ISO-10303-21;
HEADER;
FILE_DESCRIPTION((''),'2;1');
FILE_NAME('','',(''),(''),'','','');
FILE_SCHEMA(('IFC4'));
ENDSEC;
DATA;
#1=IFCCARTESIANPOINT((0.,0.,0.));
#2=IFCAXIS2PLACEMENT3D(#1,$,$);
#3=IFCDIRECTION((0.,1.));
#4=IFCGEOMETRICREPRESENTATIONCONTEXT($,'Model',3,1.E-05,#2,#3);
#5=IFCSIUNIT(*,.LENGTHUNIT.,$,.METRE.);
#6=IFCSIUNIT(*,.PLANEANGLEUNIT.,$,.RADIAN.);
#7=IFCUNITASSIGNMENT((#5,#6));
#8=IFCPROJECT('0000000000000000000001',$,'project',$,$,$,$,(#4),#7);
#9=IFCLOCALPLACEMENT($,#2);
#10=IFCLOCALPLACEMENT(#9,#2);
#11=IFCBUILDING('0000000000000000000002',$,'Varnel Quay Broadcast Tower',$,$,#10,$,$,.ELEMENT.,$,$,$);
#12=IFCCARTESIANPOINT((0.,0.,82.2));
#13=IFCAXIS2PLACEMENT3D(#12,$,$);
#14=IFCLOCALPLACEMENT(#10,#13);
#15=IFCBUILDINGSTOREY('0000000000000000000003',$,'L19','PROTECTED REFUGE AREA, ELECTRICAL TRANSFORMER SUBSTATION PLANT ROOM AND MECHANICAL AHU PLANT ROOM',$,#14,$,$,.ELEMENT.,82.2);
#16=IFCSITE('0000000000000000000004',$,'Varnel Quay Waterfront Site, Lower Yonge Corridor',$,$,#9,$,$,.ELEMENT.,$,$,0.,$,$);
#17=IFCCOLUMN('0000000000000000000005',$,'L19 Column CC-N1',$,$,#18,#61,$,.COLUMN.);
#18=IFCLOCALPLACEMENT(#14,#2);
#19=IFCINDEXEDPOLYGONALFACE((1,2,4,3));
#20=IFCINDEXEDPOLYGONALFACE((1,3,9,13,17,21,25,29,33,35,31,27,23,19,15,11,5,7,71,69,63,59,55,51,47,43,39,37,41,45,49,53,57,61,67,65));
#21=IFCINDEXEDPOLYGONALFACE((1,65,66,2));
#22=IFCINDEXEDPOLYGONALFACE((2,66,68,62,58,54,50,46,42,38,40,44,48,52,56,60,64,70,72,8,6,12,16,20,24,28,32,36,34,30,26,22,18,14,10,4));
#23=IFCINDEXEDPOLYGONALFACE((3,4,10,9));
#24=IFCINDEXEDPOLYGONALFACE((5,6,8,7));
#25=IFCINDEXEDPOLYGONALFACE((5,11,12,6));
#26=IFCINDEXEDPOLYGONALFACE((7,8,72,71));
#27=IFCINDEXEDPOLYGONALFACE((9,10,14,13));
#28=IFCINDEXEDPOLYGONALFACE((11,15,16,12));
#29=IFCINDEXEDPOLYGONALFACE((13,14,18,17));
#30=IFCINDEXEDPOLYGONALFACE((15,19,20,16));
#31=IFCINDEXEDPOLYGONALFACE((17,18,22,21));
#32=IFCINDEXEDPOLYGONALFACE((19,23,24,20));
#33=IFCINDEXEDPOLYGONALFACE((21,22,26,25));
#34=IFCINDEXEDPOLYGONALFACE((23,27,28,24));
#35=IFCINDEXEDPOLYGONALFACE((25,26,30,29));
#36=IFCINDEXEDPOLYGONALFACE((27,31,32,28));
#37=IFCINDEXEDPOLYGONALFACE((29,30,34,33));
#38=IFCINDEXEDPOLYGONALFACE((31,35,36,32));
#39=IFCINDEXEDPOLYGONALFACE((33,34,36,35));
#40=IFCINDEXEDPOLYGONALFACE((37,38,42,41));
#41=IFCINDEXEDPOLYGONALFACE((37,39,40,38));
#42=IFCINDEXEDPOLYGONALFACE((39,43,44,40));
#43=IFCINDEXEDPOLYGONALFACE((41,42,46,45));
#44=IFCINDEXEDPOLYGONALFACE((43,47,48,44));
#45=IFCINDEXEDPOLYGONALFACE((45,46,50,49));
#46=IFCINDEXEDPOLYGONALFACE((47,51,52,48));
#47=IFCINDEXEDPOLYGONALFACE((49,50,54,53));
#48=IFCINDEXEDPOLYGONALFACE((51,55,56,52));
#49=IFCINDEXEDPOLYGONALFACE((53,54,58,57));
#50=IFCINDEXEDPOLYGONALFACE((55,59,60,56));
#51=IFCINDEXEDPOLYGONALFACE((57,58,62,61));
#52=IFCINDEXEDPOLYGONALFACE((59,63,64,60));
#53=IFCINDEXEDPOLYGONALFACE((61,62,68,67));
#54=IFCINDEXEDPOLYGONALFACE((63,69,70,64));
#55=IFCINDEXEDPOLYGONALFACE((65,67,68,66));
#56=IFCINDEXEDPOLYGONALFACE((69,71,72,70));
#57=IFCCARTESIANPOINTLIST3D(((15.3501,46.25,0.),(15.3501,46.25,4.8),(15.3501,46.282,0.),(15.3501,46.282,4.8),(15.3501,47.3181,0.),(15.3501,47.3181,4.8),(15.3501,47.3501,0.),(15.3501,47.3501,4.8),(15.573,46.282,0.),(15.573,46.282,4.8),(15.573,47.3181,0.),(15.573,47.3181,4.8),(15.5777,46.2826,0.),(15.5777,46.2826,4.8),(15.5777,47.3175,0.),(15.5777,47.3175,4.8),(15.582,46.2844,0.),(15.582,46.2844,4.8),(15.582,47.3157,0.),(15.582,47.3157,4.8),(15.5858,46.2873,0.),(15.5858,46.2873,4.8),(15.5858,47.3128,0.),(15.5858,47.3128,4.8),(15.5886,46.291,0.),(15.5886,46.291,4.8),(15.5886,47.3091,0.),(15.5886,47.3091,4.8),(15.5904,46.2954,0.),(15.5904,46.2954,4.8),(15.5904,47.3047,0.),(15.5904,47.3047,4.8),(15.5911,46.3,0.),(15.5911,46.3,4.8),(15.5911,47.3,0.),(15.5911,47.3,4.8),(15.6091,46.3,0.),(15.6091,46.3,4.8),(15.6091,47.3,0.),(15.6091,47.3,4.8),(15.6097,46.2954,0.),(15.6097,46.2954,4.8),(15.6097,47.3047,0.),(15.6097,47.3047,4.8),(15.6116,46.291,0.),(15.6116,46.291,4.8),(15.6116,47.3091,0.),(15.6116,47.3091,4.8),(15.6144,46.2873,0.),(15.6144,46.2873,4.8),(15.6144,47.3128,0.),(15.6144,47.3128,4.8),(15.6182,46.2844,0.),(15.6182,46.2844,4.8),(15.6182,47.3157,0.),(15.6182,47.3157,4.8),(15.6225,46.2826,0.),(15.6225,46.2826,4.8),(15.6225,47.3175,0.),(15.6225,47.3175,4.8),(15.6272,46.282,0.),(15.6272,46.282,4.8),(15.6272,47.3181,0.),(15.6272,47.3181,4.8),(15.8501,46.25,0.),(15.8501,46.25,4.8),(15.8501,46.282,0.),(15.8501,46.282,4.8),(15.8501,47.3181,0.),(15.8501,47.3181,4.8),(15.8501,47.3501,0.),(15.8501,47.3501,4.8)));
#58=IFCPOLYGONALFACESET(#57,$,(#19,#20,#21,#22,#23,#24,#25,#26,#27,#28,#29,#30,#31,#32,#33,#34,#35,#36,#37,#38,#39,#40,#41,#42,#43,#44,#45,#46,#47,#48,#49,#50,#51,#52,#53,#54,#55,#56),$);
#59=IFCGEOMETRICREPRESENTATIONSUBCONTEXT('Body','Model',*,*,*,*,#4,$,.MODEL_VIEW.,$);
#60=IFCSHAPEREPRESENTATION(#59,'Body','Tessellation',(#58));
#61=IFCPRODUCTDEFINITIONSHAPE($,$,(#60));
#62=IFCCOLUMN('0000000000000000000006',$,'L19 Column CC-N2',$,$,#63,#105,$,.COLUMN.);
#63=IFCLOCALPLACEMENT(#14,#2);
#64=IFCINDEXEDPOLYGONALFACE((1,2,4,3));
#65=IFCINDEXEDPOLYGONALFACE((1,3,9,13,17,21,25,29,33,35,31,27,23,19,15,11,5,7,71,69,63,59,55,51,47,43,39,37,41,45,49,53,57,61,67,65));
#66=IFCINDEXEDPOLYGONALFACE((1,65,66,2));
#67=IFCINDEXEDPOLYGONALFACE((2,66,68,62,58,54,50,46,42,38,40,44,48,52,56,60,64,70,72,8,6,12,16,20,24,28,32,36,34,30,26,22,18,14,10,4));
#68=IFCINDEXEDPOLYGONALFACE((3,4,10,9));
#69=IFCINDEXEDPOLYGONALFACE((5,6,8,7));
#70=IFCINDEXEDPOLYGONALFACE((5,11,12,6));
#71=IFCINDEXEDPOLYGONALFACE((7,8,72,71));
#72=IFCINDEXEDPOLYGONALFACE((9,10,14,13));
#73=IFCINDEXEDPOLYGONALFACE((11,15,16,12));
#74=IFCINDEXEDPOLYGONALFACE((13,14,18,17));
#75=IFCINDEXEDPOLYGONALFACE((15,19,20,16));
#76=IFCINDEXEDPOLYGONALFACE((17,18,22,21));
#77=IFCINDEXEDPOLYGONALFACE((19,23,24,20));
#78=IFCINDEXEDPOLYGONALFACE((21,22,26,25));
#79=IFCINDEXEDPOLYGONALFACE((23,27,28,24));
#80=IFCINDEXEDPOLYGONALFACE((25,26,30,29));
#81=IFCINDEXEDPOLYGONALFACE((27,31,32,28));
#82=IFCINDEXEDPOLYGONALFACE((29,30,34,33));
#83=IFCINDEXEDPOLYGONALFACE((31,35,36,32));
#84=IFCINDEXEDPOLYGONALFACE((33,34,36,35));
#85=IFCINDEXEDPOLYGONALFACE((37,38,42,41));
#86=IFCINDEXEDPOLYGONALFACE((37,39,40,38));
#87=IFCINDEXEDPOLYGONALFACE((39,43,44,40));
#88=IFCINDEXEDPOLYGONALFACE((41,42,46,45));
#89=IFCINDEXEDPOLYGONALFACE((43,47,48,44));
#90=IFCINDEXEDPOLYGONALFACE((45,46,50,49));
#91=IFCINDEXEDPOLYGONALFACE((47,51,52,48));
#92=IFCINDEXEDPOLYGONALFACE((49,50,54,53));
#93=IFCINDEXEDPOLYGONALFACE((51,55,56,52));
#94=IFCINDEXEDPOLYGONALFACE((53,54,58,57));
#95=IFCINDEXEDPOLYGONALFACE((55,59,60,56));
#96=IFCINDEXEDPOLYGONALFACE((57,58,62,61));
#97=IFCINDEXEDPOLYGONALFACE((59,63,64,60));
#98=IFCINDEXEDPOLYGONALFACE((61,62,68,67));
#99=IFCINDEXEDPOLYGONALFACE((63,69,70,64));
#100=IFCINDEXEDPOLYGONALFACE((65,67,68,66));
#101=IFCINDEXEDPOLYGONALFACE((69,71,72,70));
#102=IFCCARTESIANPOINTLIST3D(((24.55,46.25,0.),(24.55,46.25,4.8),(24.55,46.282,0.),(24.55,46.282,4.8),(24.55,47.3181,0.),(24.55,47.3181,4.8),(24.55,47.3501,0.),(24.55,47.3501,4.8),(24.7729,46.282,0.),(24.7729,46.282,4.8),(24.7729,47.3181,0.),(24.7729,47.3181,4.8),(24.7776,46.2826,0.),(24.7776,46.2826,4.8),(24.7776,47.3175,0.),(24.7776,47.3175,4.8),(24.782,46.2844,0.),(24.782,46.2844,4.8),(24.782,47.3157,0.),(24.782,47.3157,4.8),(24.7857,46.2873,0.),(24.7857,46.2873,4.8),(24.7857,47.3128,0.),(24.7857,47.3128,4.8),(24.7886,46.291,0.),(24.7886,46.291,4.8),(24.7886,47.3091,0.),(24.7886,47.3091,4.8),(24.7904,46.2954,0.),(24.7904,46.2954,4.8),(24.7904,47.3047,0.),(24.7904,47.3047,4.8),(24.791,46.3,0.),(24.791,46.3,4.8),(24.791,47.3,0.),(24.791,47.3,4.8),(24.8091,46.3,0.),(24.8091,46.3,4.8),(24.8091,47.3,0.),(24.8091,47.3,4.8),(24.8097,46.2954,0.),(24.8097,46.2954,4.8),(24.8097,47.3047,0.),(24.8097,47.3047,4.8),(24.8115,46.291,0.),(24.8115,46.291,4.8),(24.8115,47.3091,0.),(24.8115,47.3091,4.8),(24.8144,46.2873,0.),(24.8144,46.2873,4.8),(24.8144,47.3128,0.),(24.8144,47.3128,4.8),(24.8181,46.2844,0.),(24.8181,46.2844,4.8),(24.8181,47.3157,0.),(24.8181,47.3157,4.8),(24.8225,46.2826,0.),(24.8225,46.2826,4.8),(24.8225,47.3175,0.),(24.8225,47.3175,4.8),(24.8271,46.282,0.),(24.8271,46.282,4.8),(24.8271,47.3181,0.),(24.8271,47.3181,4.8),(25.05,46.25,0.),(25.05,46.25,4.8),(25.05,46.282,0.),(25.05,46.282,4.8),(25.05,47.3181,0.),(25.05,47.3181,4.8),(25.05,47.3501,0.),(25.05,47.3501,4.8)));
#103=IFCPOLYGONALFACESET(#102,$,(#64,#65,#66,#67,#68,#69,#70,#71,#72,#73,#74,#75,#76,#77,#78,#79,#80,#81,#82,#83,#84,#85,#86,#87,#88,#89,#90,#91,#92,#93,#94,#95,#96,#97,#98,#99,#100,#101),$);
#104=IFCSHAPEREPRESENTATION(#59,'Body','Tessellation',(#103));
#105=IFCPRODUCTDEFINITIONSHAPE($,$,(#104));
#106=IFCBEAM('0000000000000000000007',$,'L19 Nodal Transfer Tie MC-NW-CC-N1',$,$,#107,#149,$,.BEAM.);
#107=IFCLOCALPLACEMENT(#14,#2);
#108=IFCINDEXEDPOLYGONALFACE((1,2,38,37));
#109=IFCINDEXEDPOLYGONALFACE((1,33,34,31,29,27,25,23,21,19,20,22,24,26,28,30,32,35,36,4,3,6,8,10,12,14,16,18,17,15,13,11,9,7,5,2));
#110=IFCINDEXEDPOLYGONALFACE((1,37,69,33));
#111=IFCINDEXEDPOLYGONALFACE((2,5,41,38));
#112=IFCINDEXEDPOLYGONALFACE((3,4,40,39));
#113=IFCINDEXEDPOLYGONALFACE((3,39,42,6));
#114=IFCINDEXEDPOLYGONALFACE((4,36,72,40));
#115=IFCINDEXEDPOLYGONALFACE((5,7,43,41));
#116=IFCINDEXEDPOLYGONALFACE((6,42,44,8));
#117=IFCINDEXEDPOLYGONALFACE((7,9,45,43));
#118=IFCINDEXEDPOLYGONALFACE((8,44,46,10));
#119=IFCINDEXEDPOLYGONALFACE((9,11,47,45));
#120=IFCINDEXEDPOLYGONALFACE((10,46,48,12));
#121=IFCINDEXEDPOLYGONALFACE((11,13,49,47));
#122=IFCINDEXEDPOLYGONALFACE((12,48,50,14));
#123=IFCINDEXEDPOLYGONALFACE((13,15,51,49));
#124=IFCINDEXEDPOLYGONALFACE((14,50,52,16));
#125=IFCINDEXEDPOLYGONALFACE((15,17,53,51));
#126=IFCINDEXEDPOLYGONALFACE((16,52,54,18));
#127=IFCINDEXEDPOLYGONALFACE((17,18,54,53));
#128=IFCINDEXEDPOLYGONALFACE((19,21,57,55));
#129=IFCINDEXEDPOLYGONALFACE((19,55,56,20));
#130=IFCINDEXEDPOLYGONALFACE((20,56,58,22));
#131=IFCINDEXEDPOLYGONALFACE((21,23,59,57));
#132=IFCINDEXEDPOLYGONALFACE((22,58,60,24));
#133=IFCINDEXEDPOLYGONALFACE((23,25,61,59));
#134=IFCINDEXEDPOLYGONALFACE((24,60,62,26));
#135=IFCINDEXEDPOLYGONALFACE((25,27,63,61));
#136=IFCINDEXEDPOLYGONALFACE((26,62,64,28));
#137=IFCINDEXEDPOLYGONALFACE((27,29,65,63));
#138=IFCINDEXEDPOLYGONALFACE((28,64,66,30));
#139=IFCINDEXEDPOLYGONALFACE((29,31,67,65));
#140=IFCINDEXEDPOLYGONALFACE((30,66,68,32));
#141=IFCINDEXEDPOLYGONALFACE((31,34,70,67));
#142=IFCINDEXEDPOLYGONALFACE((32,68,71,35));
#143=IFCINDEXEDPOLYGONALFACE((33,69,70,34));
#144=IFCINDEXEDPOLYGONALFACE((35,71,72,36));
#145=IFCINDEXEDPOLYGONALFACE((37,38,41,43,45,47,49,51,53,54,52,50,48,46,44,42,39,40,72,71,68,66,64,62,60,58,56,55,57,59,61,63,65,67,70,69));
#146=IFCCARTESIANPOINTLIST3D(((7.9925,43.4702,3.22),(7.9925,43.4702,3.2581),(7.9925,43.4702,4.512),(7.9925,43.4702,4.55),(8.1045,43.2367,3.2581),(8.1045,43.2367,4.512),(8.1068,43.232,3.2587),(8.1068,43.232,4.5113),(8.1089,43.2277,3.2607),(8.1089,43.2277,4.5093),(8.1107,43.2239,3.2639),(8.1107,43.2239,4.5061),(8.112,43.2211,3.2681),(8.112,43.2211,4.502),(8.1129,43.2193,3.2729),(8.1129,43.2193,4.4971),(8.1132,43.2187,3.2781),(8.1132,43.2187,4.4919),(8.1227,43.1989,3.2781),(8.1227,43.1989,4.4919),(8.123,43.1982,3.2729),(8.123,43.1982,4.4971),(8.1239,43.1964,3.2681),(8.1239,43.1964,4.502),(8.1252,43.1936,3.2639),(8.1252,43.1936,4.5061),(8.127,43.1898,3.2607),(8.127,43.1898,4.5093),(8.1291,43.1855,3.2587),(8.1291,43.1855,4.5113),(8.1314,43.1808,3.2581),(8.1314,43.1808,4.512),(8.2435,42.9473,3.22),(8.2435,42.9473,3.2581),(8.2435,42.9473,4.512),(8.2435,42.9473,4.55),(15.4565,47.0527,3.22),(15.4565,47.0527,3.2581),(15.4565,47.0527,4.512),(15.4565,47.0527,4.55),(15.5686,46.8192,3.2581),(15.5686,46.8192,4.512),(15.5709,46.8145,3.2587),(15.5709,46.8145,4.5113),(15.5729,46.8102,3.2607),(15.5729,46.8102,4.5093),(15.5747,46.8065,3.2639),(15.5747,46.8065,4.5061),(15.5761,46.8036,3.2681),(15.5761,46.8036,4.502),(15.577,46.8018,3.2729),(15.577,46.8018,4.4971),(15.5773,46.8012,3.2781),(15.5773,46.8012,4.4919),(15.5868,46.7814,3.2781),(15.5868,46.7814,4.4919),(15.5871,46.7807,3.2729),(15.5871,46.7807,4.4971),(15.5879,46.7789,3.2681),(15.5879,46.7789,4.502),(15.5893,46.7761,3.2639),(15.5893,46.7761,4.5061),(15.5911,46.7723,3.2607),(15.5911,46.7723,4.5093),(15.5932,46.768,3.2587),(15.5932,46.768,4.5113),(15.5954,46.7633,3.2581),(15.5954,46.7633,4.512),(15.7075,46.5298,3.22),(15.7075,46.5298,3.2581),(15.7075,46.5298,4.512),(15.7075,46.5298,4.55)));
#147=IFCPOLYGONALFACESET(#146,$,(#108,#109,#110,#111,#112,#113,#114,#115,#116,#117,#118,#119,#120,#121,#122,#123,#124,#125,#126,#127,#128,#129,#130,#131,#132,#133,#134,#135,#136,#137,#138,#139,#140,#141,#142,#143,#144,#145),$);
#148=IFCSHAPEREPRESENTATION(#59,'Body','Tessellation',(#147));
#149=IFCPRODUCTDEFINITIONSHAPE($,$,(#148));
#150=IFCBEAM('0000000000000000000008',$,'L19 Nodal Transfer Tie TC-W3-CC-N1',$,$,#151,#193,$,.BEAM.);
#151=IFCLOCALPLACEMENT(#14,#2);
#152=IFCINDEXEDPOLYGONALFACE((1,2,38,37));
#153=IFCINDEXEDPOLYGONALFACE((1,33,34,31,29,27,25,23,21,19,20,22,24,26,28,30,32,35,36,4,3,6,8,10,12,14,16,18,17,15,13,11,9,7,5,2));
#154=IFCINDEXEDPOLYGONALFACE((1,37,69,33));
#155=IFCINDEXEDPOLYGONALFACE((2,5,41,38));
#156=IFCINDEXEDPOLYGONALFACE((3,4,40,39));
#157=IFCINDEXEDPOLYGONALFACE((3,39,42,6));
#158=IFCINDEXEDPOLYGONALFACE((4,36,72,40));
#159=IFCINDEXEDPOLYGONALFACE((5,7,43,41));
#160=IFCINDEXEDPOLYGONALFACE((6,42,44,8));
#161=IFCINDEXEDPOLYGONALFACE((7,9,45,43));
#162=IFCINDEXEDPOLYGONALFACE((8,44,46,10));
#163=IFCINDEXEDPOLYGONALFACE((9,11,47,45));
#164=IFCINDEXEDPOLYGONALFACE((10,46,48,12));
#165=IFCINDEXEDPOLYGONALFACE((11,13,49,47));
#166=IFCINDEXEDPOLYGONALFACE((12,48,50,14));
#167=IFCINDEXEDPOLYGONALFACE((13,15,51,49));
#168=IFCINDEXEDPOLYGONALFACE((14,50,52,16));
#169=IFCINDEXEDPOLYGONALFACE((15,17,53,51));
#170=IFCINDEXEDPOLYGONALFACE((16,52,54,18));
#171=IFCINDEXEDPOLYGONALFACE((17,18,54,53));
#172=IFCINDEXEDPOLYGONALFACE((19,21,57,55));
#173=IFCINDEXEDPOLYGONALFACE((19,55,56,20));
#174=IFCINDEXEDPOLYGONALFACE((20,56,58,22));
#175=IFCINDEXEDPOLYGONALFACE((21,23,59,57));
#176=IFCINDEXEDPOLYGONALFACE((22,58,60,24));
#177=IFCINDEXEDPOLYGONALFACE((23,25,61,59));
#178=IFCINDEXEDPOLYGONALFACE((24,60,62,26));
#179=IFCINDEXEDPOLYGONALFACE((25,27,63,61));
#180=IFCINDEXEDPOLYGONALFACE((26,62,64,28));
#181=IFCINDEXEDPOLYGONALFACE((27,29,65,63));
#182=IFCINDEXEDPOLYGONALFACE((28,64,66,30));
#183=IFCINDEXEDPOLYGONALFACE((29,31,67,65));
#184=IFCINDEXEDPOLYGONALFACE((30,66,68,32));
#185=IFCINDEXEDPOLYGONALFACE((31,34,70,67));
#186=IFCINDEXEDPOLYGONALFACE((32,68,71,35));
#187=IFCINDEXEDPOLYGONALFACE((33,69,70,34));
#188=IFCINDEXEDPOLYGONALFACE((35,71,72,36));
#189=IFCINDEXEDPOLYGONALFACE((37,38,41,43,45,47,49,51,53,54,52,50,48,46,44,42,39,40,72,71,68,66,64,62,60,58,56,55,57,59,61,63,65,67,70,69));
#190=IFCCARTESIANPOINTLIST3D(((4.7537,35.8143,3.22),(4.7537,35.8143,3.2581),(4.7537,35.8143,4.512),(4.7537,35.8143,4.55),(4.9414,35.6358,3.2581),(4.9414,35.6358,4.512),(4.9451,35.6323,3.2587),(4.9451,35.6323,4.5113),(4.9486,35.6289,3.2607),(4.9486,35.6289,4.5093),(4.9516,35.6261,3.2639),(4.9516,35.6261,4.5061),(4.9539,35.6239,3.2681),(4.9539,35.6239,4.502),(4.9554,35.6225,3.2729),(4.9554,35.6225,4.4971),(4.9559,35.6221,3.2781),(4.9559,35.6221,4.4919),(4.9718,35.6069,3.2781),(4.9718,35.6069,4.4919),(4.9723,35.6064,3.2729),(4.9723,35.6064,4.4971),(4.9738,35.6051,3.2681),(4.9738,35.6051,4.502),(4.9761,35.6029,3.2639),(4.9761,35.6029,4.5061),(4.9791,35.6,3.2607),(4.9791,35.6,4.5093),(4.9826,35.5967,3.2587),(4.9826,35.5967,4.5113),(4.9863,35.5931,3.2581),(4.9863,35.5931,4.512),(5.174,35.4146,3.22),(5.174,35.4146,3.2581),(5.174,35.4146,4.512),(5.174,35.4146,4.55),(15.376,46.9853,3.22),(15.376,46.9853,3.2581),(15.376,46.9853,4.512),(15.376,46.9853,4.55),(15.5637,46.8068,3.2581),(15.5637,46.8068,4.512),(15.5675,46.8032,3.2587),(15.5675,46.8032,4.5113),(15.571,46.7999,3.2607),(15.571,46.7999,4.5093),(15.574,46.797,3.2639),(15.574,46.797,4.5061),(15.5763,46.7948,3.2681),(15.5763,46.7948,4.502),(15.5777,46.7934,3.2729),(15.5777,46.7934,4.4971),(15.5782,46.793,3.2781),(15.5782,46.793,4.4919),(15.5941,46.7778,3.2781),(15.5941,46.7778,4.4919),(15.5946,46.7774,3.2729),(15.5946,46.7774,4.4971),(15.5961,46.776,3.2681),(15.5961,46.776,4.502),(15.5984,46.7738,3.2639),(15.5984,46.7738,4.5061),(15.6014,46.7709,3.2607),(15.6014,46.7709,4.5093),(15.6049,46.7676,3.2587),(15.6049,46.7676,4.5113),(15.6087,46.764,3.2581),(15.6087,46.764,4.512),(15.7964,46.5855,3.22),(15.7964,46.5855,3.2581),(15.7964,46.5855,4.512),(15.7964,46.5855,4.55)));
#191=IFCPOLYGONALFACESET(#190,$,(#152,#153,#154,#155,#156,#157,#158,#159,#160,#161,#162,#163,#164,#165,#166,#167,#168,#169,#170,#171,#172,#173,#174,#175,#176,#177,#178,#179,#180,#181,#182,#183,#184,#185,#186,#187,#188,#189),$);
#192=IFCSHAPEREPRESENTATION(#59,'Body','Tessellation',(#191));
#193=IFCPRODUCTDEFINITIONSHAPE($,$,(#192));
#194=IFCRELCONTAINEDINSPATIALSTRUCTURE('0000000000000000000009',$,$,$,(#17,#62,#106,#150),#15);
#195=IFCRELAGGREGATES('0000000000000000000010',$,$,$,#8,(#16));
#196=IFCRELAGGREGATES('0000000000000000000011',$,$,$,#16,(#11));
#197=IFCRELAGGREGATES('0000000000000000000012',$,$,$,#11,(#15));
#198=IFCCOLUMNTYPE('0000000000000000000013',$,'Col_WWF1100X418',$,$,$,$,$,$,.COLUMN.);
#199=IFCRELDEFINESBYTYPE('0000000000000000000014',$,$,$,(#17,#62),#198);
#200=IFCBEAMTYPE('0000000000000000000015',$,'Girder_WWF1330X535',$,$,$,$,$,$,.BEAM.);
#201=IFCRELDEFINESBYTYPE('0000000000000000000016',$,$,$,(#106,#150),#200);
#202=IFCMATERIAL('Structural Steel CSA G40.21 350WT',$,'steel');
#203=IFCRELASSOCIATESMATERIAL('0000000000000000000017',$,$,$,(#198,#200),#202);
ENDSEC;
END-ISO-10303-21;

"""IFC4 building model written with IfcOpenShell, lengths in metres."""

from ifc_helpers import new_model, si_unit, direction, frame, origin, origin_2d, place, context, subcontext, project, spatial, i_section, extrude, source, transform, mapped, material, material_profile, profile_set, type_object, type_shapes, element, save


model = new_model("IFC4")

# Units and contexts
model_context = context("Model", 3, precision=1e-05, world=origin(), true_north=direction((0.0, 1.0)))
body_context = subcontext(model_context, "Body", "Model", "MODEL_VIEW")
ifc_project = project(units=[si_unit("LENGTHUNIT", "METRE"), si_unit("PLANEANGLEUNIT", "RADIAN")], contexts=[model_context])

# Site, building, storey
site_placement = place(None, origin())
site = spatial("IfcSite", under=ifc_project, at=site_placement, Name="Varnel Quay Waterfront Site, Lower Yonge Corridor", CompositionType="ELEMENT", RefElevation=0.0)
building_placement = place(site_placement, origin())
building = spatial("IfcBuilding", under=site, at=building_placement, Name="Varnel Quay Broadcast Tower", CompositionType="ELEMENT")
storey_placement = place(building_placement, frame((0.0, 0.0, 82.2)))
storey = spatial("IfcBuildingStorey", under=building, at=storey_placement, Name="L19", Description="PROTECTED REFUGE AREA, ELECTRICAL TRANSFORMER SUBSTATION PLANT ROOM AND MECHANICAL AHU PLANT ROOM", CompositionType="ELEMENT", Elevation=82.2)

# Columns
ifc_material_1 = material(Name="Structural Steel CSA G40.21 350WT", Category="steel")
ifc_material_profile_1 = material_profile(ifc_material_1, i_section(OverallWidth=0.5, OverallDepth=1.1001, WebThickness=0.0181, FlangeThickness=0.032, FilletRadius=0.0181, at=origin_2d()), Name="WWF1100X418")
ifc_profile_set_1 = profile_set([ifc_material_profile_1], Name="Structural Steel CSA G40.21 350WT")
column_type = type_object("IfcColumnType", Name="Col_WWF1100X418", PredefinedType="COLUMN", material=ifc_profile_set_1)
shared_shape_1 = source(origin(), body_context, "Body", "SweptSolid", [
    extrude(i_section(OverallWidth=0.5, OverallDepth=1.1001, WebThickness=0.0181, FlangeThickness=0.032, FilletRadius=0.0181, at=origin_2d()), origin(), (0.0, 0.0, 1.0), 4.8),
])
type_shapes(column_type, [shared_shape_1])
for number, where, z_axis, x_axis, name in (
    (1, (15.6001, 46.8, 0.0), (0.0, 0.0, 1.0), (1.0, 0.0, 0.0), "L19 Column CC-N1"),
    (2, (24.8, 46.8, 0.0), (0.0, 0.0, 1.0), (1.0, 0.0, 0.0), "L19 Column CC-N2"),
):
    element("IfcColumn", number, at=place(storey_placement, frame(where, z_axis=z_axis, x_axis=x_axis)), inside=storey, type_object=column_type, Name=name, PredefinedType="COLUMN", context=body_context, shape_type="MappedRepresentation", body=[
        mapped(shared_shape_1, transform((0.0, 0.0, 0.0), x_axis=(1.0, 0.0, 0.0), y_axis=(0.0, 1.0, 0.0), z_axis=(0.0, 0.0, 1.0), scale=1.0)),
    ])

# Beams
ifc_material_profile_2 = material_profile(ifc_material_1, i_section(OverallWidth=0.5801, OverallDepth=1.3301, WebThickness=0.022, FlangeThickness=0.0381, FilletRadius=0.02, at=origin_2d()), Name="WWF1330X535")
ifc_profile_set_2 = profile_set([ifc_material_profile_2], Name="Structural Steel CSA G40.21 350WT")
beam_type = type_object("IfcBeamType", Name="Girder_WWF1330X535", PredefinedType="BEAM", material=ifc_profile_set_2)
shared_shape_2 = source(origin(), body_context, "Body", "SweptSolid", [
    extrude(i_section(OverallWidth=0.5801, OverallDepth=1.3301, WebThickness=0.022, FlangeThickness=0.0381, FilletRadius=0.02, at=origin_2d()), origin(), (0.0, 0.0, 1.0), 8.2793),
])
beam_1_placement = place(storey_placement, frame((15.582, 46.7913, 3.885), z_axis=(-0.901535, -0.432706, 0.0), x_axis=(0.432706, -0.901535, 0.0)))
element("IfcBeam", 3, at=beam_1_placement, inside=storey, type_object=beam_type, Name="L19 Nodal Transfer Tie MC-NW-CC-N1", PredefinedType="BEAM", context=body_context, shape_type="MappedRepresentation", body=[
    mapped(shared_shape_2, transform((0.0, 0.0, 0.0), x_axis=(1.0, 0.0, 0.0), y_axis=(0.0, 1.0, 0.0), z_axis=(0.0, 0.0, 1.0), scale=1.0)),
])
shared_shape_3 = source(origin(), body_context, "Body", "SweptSolid", [
    extrude(i_section(OverallWidth=0.5801, OverallDepth=1.3301, WebThickness=0.022, FlangeThickness=0.0381, FilletRadius=0.02, at=origin_2d()), origin(), (0.0, 0.0, 1.0), 15.415),
])
type_shapes(beam_type, [shared_shape_2, shared_shape_3])
beam_2_placement = place(storey_placement, frame((15.5862, 46.7854, 3.885), z_axis=(-0.689089, -0.724677, 0.0), x_axis=(0.724677, -0.689089, 0.0)))
element("IfcBeam", 4, at=beam_2_placement, inside=storey, type_object=beam_type, Name="L19 Nodal Transfer Tie TC-W3-CC-N1", PredefinedType="BEAM", context=body_context, shape_type="MappedRepresentation", body=[
    mapped(shared_shape_3, transform((0.0, 0.0, 0.0), x_axis=(1.0, 0.0, 0.0), y_axis=(0.0, 1.0, 0.0), z_axis=(0.0, 0.0, 1.0), scale=1.0)),
])

save(model, "model.ifc")
